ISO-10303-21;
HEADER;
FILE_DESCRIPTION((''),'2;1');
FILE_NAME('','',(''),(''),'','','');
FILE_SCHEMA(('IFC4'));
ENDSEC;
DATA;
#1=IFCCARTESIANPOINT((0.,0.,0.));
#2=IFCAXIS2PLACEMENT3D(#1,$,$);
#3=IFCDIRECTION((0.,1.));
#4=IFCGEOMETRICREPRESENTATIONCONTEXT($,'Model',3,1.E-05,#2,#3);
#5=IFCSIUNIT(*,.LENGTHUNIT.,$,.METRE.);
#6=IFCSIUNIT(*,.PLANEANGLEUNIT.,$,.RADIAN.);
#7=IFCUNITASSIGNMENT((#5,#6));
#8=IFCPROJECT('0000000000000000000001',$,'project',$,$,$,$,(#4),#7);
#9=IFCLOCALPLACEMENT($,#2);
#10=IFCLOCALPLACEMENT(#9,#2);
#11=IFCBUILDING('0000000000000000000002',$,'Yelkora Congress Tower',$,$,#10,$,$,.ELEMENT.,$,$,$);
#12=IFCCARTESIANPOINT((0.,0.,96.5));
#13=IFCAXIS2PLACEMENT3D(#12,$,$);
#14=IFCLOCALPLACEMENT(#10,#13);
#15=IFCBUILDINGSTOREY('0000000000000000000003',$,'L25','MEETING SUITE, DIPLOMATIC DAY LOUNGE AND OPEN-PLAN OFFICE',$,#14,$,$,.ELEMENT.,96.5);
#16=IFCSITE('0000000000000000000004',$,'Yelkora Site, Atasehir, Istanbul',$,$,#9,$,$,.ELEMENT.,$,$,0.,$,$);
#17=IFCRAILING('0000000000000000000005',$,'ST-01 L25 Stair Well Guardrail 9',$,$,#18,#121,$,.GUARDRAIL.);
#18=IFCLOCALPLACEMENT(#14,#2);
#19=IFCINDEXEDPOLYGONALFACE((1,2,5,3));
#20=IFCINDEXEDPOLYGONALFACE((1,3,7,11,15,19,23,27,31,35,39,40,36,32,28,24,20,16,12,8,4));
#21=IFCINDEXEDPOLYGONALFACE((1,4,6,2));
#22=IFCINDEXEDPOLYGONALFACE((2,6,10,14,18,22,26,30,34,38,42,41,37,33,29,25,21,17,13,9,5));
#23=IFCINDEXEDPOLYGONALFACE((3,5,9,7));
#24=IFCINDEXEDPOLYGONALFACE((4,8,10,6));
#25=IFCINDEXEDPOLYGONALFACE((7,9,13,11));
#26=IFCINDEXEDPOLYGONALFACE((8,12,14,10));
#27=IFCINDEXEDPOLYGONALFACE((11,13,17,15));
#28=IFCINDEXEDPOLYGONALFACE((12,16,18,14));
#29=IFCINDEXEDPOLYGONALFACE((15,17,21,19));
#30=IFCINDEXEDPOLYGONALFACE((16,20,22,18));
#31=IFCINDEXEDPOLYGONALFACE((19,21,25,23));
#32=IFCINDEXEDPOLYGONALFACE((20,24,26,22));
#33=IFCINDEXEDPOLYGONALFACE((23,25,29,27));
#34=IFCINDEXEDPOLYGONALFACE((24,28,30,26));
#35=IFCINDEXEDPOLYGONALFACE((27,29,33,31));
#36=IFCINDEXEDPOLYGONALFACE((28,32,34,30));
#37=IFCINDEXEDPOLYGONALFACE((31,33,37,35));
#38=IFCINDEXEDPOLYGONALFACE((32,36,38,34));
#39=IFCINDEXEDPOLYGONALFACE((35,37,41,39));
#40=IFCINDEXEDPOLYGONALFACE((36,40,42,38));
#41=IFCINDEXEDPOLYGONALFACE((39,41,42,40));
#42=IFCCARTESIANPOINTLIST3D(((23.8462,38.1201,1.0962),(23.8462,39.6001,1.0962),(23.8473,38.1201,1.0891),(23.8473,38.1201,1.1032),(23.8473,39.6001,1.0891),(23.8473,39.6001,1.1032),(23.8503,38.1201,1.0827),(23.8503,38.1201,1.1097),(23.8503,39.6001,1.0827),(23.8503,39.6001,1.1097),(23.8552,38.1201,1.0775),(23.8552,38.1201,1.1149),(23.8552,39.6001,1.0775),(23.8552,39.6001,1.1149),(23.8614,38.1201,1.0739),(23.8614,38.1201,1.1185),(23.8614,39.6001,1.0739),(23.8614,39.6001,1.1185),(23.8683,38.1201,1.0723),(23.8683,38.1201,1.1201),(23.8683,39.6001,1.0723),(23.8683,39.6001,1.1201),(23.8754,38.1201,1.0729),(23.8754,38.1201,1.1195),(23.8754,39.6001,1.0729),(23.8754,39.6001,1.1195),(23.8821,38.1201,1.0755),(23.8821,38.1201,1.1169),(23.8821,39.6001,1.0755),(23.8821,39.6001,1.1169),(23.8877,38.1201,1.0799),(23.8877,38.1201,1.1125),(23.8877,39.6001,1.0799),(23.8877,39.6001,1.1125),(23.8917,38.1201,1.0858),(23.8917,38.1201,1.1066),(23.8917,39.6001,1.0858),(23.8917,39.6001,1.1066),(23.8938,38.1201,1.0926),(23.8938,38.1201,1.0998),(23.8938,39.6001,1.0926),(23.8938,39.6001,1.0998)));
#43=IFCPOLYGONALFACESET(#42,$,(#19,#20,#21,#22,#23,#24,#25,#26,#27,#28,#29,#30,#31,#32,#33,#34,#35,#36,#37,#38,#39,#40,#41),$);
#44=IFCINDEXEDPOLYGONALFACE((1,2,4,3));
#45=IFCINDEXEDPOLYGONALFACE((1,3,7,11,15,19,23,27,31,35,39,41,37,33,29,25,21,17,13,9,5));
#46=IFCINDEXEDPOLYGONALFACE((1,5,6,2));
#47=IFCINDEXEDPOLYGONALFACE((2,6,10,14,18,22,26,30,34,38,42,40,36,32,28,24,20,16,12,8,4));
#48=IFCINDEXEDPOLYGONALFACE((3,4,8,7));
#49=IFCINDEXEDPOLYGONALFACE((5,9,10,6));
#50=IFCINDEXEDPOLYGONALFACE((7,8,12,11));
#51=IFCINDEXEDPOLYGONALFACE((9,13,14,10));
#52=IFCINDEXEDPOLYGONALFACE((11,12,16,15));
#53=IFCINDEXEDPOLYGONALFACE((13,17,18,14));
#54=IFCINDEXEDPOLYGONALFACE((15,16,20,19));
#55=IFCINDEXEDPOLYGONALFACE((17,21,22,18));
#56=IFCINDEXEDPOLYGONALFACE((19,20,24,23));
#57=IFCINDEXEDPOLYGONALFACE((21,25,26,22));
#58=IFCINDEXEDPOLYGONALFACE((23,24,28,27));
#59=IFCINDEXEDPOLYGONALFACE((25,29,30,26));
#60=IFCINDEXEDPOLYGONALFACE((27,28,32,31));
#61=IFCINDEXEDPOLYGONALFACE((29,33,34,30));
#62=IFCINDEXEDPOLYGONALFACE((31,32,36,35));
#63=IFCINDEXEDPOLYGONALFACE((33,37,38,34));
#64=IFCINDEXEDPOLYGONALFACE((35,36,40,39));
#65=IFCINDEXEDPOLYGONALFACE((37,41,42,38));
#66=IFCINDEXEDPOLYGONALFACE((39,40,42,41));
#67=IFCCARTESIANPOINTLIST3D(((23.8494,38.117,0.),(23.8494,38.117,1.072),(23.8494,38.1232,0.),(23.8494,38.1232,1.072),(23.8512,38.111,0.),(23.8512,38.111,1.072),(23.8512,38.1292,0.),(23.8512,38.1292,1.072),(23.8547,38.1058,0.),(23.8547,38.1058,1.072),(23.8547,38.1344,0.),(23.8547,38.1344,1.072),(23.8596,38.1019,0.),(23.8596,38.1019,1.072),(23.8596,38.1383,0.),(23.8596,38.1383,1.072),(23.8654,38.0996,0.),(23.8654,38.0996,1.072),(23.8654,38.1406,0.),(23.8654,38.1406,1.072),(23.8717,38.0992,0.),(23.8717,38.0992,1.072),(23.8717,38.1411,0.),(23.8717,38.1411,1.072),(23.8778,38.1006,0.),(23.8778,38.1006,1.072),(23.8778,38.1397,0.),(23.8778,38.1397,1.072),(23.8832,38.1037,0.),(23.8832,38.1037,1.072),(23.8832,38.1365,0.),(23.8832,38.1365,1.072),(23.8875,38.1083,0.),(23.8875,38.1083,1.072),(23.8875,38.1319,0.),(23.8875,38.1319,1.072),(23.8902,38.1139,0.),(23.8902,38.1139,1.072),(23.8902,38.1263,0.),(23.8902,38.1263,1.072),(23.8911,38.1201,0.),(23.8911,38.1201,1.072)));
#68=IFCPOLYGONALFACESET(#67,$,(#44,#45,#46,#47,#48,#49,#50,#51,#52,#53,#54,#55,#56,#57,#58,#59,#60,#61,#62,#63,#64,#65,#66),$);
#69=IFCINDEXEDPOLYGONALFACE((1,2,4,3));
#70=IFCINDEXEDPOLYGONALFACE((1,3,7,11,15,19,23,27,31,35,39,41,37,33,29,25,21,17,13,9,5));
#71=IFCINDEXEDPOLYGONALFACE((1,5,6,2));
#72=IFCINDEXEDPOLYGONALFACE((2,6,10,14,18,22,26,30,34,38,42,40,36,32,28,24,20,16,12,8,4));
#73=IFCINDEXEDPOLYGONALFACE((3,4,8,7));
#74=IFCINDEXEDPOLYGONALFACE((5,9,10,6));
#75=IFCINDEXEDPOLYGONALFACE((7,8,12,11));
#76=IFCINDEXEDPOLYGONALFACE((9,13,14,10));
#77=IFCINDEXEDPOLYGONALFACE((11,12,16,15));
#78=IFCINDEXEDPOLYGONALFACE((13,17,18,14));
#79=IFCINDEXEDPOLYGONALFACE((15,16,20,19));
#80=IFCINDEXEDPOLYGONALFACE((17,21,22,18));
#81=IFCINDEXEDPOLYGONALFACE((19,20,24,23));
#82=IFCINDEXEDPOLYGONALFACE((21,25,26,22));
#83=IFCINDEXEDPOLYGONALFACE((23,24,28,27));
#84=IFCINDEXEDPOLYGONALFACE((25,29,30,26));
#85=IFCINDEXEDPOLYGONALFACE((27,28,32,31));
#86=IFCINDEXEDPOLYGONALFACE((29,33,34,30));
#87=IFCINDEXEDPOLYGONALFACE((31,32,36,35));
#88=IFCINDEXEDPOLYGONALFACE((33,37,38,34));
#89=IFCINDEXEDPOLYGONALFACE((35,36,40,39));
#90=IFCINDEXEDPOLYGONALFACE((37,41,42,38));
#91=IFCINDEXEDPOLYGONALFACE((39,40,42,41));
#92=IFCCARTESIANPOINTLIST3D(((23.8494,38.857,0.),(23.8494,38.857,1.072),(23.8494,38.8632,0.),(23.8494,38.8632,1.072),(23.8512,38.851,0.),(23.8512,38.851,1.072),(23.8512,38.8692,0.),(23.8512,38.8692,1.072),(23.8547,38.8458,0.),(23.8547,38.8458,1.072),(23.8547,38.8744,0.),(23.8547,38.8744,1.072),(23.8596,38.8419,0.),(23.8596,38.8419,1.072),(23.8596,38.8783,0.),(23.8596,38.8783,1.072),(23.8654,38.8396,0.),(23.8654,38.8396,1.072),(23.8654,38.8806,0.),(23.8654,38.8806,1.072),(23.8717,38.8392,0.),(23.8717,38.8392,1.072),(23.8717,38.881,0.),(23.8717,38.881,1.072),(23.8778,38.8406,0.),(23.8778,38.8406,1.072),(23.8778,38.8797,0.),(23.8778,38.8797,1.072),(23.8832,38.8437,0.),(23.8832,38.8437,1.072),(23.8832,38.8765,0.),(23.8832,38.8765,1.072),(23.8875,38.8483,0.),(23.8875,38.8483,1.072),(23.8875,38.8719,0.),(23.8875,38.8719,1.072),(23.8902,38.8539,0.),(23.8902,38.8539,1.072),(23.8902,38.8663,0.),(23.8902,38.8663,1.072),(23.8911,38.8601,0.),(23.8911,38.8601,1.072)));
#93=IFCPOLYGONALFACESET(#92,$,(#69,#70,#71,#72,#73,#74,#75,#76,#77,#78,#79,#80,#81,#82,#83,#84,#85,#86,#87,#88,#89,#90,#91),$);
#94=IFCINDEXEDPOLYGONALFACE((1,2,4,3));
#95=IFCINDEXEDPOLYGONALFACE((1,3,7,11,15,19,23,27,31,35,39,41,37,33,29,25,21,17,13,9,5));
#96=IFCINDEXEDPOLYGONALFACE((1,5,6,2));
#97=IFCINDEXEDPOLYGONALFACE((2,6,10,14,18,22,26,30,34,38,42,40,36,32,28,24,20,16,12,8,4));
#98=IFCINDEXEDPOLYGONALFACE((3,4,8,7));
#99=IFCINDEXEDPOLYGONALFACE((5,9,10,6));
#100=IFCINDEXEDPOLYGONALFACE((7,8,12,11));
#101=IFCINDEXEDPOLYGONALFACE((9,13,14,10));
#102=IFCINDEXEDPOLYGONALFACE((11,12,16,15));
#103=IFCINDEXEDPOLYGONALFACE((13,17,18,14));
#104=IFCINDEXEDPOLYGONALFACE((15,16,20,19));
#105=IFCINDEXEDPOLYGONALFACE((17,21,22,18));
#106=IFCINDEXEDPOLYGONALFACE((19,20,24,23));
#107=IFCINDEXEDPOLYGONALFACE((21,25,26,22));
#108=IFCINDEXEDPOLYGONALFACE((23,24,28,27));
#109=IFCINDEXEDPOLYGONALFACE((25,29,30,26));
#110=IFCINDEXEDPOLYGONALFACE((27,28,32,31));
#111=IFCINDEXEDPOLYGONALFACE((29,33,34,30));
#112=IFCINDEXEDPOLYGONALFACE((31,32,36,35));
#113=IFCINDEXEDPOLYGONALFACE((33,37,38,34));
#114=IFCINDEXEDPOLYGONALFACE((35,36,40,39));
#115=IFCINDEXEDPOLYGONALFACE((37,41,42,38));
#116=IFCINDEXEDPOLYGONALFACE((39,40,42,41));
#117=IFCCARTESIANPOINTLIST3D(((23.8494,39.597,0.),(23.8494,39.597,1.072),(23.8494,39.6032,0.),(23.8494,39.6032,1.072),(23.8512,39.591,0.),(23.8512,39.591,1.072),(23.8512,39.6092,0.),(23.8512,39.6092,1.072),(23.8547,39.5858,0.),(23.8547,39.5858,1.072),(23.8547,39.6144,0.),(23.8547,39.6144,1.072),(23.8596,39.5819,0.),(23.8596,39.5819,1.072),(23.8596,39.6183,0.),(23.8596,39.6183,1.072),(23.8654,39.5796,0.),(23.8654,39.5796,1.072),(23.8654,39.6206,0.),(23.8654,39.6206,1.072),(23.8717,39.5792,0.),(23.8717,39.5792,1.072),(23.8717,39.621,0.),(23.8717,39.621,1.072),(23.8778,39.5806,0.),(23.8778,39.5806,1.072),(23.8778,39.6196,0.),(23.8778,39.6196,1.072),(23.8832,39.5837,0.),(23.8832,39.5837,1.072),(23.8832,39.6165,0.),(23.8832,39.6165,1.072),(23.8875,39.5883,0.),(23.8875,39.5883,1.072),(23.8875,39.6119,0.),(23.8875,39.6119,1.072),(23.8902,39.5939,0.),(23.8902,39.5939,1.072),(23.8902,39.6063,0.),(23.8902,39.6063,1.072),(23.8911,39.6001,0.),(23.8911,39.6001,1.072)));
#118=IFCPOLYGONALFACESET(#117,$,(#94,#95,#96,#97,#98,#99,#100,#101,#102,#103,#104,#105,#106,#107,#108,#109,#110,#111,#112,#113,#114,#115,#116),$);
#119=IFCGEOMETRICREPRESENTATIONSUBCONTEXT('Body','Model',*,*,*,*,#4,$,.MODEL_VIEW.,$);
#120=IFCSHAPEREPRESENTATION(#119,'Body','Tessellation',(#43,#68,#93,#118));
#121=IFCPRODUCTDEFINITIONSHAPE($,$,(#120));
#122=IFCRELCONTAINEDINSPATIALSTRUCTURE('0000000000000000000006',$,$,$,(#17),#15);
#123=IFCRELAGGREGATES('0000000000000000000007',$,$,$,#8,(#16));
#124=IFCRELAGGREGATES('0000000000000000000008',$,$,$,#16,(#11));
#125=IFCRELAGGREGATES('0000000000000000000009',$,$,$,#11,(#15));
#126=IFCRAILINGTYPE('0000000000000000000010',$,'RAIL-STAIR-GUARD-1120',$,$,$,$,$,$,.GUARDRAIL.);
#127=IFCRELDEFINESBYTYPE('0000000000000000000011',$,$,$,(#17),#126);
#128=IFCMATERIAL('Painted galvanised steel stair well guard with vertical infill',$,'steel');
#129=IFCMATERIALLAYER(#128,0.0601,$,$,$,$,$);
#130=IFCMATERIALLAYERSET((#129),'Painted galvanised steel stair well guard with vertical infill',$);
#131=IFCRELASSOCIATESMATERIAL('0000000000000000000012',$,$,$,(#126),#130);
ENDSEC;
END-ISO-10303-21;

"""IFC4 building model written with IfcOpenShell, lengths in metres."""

from ifc_helpers import new_model, si_unit, direction, frame, origin, origin_2d, place, context, subcontext, project, spatial, circle, extrude, material, layer, layer_set, type_object, element, save


model = new_model("IFC4")

# Units and contexts
model_context = context("Model", 3, precision=1e-05, world=origin(), true_north=direction((0.0, 1.0)))
body_context = subcontext(model_context, "Body", "Model", "MODEL_VIEW")
ifc_project = project(units=[si_unit("LENGTHUNIT", "METRE"), si_unit("PLANEANGLEUNIT", "RADIAN")], contexts=[model_context])

# Site, building, storey
site_placement = place(None, origin())
site = spatial("IfcSite", under=ifc_project, at=site_placement, Name="Yelkora Site, Atasehir, Istanbul", CompositionType="ELEMENT", RefElevation=0.0)
building_placement = place(site_placement, origin())
building = spatial("IfcBuilding", under=site, at=building_placement, Name="Yelkora Congress Tower", CompositionType="ELEMENT")
storey_placement = place(building_placement, frame((0.0, 0.0, 96.5)))
storey = spatial("IfcBuildingStorey", under=building, at=storey_placement, Name="L25", Description="MEETING SUITE, DIPLOMATIC DAY LOUNGE AND OPEN-PLAN OFFICE", CompositionType="ELEMENT", Elevation=96.5)

# Railing
ifc_material_1 = material(Name="Painted galvanised steel stair well guard with vertical infill", Category="steel")
ifc_layer_1 = layer(ifc_material_1, 0.0601)
ifc_layer_set_1 = layer_set([ifc_layer_1], Name="Painted galvanised steel stair well guard with vertical infill")
railing_type_1 = type_object("IfcRailingType", Name="RAIL-STAIR-GUARD-1120", PredefinedType="GUARDRAIL", material=ifc_layer_set_1)
railing_1_placement = place(storey_placement, frame((23.8701, 38.1201, 0.0)))
element("IfcRailing", 1, at=railing_1_placement, inside=storey, type_object=railing_type_1, Name="ST-01 L25 Stair Well Guardrail 9", PredefinedType="GUARDRAIL", context=body_context, shape_type="SweptSolid", body=[
    extrude(circle(Radius=0.0239, at=origin_2d()), frame((0.0, 0.0, 1.0962), z_axis=(0.0, 1.0, 0.0), x_axis=(-1.0, 0.0, 0.0)), (0.0, 0.0, 1.0), 1.48),
    extrude(circle(Radius=0.021, at=origin_2d()), origin(), (0.0, 0.0, 1.0), 1.072),
    extrude(circle(Radius=0.021, at=origin_2d()), frame((0.0, 0.74, 0.0)), (0.0, 0.0, 1.0), 1.072),
    extrude(circle(Radius=0.021, at=origin_2d()), frame((0.0, 1.48, 0.0)), (0.0, 0.0, 1.0), 1.072),
])

save(model, "model.ifc")
